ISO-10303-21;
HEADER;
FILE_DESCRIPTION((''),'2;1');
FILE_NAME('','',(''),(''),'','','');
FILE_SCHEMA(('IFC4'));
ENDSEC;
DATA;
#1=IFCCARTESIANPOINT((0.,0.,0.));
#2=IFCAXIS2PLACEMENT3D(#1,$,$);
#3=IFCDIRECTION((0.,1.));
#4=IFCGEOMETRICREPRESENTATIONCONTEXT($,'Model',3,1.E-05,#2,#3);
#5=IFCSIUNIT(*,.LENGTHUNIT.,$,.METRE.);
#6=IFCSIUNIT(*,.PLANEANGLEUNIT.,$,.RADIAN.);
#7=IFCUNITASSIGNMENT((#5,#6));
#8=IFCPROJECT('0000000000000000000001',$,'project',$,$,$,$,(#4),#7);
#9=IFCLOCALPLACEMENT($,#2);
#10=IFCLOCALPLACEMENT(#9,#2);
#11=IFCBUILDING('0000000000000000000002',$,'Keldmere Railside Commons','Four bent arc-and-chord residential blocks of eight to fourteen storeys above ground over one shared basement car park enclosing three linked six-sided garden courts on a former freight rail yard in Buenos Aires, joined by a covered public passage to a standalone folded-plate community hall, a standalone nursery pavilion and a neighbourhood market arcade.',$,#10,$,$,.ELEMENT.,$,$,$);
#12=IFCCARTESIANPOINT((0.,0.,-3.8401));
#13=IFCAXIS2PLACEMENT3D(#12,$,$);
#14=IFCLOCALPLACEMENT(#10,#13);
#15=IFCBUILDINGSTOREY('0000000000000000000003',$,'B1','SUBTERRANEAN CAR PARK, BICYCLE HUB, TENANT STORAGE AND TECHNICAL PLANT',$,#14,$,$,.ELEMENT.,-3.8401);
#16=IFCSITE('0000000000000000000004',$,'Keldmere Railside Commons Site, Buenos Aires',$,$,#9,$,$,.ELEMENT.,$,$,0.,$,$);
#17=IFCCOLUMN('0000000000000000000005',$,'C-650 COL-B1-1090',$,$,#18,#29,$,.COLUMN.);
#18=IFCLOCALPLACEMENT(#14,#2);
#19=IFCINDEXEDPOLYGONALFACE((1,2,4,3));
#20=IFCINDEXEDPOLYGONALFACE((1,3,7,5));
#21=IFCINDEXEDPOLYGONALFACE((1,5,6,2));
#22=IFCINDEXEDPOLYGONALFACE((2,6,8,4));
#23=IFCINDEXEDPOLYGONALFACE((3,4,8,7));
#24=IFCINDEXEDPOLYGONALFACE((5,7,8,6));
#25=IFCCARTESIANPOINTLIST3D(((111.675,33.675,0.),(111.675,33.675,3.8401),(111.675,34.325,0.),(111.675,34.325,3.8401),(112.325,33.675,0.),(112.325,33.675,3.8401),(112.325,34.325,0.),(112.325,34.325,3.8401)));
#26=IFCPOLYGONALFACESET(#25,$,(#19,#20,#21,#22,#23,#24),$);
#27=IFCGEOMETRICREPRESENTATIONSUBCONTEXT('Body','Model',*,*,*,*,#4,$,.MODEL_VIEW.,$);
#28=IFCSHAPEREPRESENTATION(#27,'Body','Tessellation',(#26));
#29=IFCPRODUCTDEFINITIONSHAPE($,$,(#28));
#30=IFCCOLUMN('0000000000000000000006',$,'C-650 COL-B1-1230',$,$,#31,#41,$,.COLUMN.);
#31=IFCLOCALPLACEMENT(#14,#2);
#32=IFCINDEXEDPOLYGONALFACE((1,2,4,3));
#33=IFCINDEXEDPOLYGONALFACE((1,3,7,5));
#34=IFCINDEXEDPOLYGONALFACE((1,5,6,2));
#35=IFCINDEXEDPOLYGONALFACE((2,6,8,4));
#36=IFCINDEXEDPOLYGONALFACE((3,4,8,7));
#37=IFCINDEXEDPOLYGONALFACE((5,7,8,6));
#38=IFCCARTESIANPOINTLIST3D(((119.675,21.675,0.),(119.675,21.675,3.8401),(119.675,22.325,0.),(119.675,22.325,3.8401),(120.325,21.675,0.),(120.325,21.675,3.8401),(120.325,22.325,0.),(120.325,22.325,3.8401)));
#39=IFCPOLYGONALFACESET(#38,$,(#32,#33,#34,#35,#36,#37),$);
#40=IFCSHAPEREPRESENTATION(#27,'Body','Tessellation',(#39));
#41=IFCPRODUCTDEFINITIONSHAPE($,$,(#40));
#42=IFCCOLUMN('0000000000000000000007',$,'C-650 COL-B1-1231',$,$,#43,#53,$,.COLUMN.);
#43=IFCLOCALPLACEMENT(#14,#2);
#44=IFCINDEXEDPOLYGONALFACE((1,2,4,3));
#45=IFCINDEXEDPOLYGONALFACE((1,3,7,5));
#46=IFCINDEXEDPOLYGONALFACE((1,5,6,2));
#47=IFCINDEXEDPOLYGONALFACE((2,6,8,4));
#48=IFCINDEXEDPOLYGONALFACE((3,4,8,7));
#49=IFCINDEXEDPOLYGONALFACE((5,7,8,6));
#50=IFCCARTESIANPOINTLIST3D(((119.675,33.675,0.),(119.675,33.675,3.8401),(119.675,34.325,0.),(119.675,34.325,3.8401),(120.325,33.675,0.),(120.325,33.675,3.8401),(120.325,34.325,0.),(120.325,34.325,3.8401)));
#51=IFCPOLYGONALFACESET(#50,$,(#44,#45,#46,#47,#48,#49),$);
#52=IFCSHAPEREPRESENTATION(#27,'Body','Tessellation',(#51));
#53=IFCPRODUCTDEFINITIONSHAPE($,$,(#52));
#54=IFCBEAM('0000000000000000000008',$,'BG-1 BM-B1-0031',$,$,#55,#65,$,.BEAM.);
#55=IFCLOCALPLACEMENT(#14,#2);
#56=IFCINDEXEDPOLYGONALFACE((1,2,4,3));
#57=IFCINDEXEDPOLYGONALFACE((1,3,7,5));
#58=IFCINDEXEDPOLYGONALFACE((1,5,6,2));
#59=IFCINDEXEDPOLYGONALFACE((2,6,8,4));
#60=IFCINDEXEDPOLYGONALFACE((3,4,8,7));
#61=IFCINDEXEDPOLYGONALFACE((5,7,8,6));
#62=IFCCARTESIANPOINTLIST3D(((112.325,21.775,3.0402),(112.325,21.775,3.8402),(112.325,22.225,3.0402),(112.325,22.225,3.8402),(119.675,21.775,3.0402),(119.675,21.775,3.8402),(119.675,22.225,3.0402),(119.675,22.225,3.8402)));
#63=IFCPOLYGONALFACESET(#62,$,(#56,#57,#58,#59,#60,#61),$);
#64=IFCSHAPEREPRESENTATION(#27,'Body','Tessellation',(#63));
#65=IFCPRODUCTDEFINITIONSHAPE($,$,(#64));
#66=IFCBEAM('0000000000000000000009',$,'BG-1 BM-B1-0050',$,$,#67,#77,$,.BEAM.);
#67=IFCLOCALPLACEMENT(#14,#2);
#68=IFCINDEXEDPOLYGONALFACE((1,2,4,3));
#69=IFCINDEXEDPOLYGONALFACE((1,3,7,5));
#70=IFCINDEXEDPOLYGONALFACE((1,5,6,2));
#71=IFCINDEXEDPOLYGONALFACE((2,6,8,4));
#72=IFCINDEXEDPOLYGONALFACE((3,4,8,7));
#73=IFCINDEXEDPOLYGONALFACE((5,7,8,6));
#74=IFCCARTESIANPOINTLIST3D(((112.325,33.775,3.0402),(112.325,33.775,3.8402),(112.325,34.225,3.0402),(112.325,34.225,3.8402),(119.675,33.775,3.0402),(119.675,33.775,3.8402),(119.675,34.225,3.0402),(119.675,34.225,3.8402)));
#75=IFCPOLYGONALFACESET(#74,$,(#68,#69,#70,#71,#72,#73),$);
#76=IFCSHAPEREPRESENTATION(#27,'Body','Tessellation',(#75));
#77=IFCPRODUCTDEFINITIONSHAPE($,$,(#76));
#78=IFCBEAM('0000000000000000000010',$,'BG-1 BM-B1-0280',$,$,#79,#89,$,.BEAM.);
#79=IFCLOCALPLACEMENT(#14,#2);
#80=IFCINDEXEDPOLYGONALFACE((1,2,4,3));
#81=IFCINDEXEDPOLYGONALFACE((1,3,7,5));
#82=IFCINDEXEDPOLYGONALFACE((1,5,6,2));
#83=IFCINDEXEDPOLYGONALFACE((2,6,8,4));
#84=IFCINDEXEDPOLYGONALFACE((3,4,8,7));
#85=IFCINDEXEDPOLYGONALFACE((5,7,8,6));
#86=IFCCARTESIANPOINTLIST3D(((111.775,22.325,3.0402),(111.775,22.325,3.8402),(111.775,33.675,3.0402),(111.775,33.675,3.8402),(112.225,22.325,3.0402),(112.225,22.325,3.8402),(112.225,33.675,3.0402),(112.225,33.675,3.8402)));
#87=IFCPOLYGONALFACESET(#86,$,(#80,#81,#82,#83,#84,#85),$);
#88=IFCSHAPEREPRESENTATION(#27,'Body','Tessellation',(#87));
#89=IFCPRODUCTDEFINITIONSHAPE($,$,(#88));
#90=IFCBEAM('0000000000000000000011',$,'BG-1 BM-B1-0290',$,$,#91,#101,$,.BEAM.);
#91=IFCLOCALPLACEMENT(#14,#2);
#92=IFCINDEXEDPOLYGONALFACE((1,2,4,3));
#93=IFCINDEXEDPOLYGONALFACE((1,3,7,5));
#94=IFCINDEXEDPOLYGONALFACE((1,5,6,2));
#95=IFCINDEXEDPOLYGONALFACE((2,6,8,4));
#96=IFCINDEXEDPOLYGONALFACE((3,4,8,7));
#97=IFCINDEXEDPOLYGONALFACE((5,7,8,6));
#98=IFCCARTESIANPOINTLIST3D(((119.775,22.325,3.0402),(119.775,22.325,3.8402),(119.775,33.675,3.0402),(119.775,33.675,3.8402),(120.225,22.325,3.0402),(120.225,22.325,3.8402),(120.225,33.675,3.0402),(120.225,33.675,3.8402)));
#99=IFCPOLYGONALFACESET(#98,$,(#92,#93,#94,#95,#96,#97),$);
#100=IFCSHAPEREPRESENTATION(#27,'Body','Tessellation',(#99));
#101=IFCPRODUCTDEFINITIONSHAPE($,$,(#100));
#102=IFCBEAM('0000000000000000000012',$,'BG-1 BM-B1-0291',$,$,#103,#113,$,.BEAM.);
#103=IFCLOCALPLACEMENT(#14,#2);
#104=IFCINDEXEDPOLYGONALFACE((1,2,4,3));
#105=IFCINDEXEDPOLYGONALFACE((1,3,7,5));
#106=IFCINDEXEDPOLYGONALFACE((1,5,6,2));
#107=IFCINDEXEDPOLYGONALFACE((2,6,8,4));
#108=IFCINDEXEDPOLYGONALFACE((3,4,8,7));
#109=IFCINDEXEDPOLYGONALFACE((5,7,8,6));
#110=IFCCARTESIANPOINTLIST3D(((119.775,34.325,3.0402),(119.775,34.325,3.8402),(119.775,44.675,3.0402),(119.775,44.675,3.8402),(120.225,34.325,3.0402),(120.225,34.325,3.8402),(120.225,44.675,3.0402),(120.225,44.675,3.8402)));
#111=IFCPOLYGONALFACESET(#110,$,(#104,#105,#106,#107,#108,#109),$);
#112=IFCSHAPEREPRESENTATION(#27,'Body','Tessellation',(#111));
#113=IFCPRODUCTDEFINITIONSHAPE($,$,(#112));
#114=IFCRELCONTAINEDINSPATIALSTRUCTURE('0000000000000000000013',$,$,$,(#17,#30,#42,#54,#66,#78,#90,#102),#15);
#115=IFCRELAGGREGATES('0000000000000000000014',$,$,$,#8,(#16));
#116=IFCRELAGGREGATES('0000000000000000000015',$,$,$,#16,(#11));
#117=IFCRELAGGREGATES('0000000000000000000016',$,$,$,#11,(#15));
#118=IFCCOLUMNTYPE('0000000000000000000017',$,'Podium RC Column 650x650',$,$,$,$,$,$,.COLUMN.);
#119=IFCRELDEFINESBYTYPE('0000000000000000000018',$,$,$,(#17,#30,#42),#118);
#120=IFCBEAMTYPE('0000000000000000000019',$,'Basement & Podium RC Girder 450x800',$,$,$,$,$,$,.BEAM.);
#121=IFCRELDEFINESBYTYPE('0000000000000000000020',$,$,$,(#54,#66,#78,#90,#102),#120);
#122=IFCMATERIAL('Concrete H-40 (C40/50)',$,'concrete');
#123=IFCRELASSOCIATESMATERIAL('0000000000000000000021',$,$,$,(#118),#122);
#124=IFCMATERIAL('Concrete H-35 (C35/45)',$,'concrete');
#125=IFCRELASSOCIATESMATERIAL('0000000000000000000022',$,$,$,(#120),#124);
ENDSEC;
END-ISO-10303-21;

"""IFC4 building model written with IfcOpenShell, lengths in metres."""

from ifc_helpers import new_model, si_unit, direction, frame, origin, origin_2d, place, context, subcontext, project, spatial, rectangle, extrude, material, material_profile, profile_set, type_object, element, save


model = new_model("IFC4")

# Units and contexts
model_context = context("Model", 3, precision=1e-05, world=origin(), true_north=direction((0.0, 1.0)))
body_context = subcontext(model_context, "Body", "Model", "MODEL_VIEW")
ifc_project = project(units=[si_unit("LENGTHUNIT", "METRE"), si_unit("PLANEANGLEUNIT", "RADIAN")], contexts=[model_context])

# Site, building, storey
site_placement = place(None, origin())
site = spatial("IfcSite", under=ifc_project, at=site_placement, Name="Keldmere Railside Commons Site, Buenos Aires", CompositionType="ELEMENT", RefElevation=0.0)
building_placement = place(site_placement, origin())
building = spatial("IfcBuilding", under=site, at=building_placement, Name="Keldmere Railside Commons", Description="Four bent arc-and-chord residential blocks of eight to fourteen storeys above ground over one shared basement car park enclosing three linked six-sided garden courts on a former freight rail yard in Buenos Aires, joined by a covered public passage to a standalone folded-plate community hall, a standalone nursery pavilion and a neighbourhood market arcade.", CompositionType="ELEMENT")
storey_placement = place(building_placement, frame((0.0, 0.0, -3.8401)))
storey = spatial("IfcBuildingStorey", under=building, at=storey_placement, Name="B1", Description="SUBTERRANEAN CAR PARK, BICYCLE HUB, TENANT STORAGE AND TECHNICAL PLANT", CompositionType="ELEMENT", Elevation=-3.8401)

# Shared definitions
ifc_material_1 = material(Name="Concrete H-40 (C40/50)", Category="concrete")

# Columns
ifc_material_profile_1 = material_profile(ifc_material_1, rectangle(XDim=0.6499, YDim=0.6499, at=origin_2d()), Name="RC-650x650")
ifc_profile_set_1 = profile_set([ifc_material_profile_1], Name="Concrete H-40 (C40/50)")
column_type = type_object("IfcColumnType", Name="Podium RC Column 650x650", PredefinedType="COLUMN", material=ifc_profile_set_1)
for number, where, z_axis, x_axis, name in (
    (1, (112.0, 34.0, 0.0), (0.0, 0.0, 1.0), (1.0, 0.0, 0.0), "C-650 COL-B1-1090"),
    (2, (120.0, 22.0, 0.0), (0.0, 0.0, 1.0), (1.0, 0.0, 0.0), "C-650 COL-B1-1230"),
    (3, (120.0, 34.0, 0.0), (0.0, 0.0, 1.0), (1.0, 0.0, 0.0), "C-650 COL-B1-1231"),
):
    element("IfcColumn", number, at=place(storey_placement, frame(where, z_axis=z_axis, x_axis=x_axis)), inside=storey, type_object=column_type, Name=name, PredefinedType="COLUMN", context=body_context, shape_type="SweptSolid", body=[
        extrude(rectangle(XDim=0.6499, YDim=0.6499, at=origin_2d()), origin(), (0.0, 0.0, 1.0), 3.8401),
    ])

# Beams
ifc_material_2 = material(Name="Concrete H-35 (C35/45)", Category="concrete")
ifc_material_profile_2 = material_profile(ifc_material_2, rectangle(XDim=0.45, YDim=0.8, at=origin_2d()), Name="RC-450x800")
ifc_profile_set_2 = profile_set([ifc_material_profile_2], Name="Concrete H-35 (C35/45)")
beam_type = type_object("IfcBeamType", Name="Basement & Podium RC Girder 450x800", PredefinedType="BEAM", material=ifc_profile_set_2)
for number, where, z_axis, x_axis, name in (
    (4, (112.325, 22.0, 3.4402), (1.0, 0.0, 0.0), (0.0, 1.0, 0.0), "BG-1 BM-B1-0031"),
    (5, (112.325, 34.0, 3.4402), (1.0, 0.0, 0.0), (0.0, 1.0, 0.0), "BG-1 BM-B1-0050"),
):
    element("IfcBeam", number, at=place(storey_placement, frame(where, z_axis=z_axis, x_axis=x_axis)), inside=storey, type_object=beam_type, Name=name, PredefinedType="BEAM", context=body_context, shape_type="SweptSolid", body=[
        extrude(rectangle(XDim=0.45, YDim=0.8, at=origin_2d()), origin(), (0.0, 0.0, 1.0), 7.3501),
    ])
for number, where, z_axis, x_axis, name in (
    (6, (112.0, 22.325, 3.4402), (0.0, 1.0, 0.0), (-1.0, 0.0, 0.0), "BG-1 BM-B1-0280"),
    (7, (120.0, 22.325, 3.4402), (0.0, 1.0, 0.0), (-1.0, 0.0, 0.0), "BG-1 BM-B1-0290"),
):
    element("IfcBeam", number, at=place(storey_placement, frame(where, z_axis=z_axis, x_axis=x_axis)), inside=storey, type_object=beam_type, Name=name, PredefinedType="BEAM", context=body_context, shape_type="SweptSolid", body=[
        extrude(rectangle(XDim=0.45, YDim=0.8, at=origin_2d()), origin(), (0.0, 0.0, 1.0), 11.3501),
    ])
beam_placement = place(storey_placement, frame((120.0, 34.325, 3.4402), z_axis=(0.0, 1.0, 0.0), x_axis=(-1.0, 0.0, 0.0)))
element("IfcBeam", 8, at=beam_placement, inside=storey, type_object=beam_type, Name="BG-1 BM-B1-0291", PredefinedType="BEAM", context=body_context, shape_type="SweptSolid", body=[
    extrude(rectangle(XDim=0.45, YDim=0.8, at=origin_2d()), origin(), (0.0, 0.0, 1.0), 10.3501),
])

save(model, "model.ifc")
